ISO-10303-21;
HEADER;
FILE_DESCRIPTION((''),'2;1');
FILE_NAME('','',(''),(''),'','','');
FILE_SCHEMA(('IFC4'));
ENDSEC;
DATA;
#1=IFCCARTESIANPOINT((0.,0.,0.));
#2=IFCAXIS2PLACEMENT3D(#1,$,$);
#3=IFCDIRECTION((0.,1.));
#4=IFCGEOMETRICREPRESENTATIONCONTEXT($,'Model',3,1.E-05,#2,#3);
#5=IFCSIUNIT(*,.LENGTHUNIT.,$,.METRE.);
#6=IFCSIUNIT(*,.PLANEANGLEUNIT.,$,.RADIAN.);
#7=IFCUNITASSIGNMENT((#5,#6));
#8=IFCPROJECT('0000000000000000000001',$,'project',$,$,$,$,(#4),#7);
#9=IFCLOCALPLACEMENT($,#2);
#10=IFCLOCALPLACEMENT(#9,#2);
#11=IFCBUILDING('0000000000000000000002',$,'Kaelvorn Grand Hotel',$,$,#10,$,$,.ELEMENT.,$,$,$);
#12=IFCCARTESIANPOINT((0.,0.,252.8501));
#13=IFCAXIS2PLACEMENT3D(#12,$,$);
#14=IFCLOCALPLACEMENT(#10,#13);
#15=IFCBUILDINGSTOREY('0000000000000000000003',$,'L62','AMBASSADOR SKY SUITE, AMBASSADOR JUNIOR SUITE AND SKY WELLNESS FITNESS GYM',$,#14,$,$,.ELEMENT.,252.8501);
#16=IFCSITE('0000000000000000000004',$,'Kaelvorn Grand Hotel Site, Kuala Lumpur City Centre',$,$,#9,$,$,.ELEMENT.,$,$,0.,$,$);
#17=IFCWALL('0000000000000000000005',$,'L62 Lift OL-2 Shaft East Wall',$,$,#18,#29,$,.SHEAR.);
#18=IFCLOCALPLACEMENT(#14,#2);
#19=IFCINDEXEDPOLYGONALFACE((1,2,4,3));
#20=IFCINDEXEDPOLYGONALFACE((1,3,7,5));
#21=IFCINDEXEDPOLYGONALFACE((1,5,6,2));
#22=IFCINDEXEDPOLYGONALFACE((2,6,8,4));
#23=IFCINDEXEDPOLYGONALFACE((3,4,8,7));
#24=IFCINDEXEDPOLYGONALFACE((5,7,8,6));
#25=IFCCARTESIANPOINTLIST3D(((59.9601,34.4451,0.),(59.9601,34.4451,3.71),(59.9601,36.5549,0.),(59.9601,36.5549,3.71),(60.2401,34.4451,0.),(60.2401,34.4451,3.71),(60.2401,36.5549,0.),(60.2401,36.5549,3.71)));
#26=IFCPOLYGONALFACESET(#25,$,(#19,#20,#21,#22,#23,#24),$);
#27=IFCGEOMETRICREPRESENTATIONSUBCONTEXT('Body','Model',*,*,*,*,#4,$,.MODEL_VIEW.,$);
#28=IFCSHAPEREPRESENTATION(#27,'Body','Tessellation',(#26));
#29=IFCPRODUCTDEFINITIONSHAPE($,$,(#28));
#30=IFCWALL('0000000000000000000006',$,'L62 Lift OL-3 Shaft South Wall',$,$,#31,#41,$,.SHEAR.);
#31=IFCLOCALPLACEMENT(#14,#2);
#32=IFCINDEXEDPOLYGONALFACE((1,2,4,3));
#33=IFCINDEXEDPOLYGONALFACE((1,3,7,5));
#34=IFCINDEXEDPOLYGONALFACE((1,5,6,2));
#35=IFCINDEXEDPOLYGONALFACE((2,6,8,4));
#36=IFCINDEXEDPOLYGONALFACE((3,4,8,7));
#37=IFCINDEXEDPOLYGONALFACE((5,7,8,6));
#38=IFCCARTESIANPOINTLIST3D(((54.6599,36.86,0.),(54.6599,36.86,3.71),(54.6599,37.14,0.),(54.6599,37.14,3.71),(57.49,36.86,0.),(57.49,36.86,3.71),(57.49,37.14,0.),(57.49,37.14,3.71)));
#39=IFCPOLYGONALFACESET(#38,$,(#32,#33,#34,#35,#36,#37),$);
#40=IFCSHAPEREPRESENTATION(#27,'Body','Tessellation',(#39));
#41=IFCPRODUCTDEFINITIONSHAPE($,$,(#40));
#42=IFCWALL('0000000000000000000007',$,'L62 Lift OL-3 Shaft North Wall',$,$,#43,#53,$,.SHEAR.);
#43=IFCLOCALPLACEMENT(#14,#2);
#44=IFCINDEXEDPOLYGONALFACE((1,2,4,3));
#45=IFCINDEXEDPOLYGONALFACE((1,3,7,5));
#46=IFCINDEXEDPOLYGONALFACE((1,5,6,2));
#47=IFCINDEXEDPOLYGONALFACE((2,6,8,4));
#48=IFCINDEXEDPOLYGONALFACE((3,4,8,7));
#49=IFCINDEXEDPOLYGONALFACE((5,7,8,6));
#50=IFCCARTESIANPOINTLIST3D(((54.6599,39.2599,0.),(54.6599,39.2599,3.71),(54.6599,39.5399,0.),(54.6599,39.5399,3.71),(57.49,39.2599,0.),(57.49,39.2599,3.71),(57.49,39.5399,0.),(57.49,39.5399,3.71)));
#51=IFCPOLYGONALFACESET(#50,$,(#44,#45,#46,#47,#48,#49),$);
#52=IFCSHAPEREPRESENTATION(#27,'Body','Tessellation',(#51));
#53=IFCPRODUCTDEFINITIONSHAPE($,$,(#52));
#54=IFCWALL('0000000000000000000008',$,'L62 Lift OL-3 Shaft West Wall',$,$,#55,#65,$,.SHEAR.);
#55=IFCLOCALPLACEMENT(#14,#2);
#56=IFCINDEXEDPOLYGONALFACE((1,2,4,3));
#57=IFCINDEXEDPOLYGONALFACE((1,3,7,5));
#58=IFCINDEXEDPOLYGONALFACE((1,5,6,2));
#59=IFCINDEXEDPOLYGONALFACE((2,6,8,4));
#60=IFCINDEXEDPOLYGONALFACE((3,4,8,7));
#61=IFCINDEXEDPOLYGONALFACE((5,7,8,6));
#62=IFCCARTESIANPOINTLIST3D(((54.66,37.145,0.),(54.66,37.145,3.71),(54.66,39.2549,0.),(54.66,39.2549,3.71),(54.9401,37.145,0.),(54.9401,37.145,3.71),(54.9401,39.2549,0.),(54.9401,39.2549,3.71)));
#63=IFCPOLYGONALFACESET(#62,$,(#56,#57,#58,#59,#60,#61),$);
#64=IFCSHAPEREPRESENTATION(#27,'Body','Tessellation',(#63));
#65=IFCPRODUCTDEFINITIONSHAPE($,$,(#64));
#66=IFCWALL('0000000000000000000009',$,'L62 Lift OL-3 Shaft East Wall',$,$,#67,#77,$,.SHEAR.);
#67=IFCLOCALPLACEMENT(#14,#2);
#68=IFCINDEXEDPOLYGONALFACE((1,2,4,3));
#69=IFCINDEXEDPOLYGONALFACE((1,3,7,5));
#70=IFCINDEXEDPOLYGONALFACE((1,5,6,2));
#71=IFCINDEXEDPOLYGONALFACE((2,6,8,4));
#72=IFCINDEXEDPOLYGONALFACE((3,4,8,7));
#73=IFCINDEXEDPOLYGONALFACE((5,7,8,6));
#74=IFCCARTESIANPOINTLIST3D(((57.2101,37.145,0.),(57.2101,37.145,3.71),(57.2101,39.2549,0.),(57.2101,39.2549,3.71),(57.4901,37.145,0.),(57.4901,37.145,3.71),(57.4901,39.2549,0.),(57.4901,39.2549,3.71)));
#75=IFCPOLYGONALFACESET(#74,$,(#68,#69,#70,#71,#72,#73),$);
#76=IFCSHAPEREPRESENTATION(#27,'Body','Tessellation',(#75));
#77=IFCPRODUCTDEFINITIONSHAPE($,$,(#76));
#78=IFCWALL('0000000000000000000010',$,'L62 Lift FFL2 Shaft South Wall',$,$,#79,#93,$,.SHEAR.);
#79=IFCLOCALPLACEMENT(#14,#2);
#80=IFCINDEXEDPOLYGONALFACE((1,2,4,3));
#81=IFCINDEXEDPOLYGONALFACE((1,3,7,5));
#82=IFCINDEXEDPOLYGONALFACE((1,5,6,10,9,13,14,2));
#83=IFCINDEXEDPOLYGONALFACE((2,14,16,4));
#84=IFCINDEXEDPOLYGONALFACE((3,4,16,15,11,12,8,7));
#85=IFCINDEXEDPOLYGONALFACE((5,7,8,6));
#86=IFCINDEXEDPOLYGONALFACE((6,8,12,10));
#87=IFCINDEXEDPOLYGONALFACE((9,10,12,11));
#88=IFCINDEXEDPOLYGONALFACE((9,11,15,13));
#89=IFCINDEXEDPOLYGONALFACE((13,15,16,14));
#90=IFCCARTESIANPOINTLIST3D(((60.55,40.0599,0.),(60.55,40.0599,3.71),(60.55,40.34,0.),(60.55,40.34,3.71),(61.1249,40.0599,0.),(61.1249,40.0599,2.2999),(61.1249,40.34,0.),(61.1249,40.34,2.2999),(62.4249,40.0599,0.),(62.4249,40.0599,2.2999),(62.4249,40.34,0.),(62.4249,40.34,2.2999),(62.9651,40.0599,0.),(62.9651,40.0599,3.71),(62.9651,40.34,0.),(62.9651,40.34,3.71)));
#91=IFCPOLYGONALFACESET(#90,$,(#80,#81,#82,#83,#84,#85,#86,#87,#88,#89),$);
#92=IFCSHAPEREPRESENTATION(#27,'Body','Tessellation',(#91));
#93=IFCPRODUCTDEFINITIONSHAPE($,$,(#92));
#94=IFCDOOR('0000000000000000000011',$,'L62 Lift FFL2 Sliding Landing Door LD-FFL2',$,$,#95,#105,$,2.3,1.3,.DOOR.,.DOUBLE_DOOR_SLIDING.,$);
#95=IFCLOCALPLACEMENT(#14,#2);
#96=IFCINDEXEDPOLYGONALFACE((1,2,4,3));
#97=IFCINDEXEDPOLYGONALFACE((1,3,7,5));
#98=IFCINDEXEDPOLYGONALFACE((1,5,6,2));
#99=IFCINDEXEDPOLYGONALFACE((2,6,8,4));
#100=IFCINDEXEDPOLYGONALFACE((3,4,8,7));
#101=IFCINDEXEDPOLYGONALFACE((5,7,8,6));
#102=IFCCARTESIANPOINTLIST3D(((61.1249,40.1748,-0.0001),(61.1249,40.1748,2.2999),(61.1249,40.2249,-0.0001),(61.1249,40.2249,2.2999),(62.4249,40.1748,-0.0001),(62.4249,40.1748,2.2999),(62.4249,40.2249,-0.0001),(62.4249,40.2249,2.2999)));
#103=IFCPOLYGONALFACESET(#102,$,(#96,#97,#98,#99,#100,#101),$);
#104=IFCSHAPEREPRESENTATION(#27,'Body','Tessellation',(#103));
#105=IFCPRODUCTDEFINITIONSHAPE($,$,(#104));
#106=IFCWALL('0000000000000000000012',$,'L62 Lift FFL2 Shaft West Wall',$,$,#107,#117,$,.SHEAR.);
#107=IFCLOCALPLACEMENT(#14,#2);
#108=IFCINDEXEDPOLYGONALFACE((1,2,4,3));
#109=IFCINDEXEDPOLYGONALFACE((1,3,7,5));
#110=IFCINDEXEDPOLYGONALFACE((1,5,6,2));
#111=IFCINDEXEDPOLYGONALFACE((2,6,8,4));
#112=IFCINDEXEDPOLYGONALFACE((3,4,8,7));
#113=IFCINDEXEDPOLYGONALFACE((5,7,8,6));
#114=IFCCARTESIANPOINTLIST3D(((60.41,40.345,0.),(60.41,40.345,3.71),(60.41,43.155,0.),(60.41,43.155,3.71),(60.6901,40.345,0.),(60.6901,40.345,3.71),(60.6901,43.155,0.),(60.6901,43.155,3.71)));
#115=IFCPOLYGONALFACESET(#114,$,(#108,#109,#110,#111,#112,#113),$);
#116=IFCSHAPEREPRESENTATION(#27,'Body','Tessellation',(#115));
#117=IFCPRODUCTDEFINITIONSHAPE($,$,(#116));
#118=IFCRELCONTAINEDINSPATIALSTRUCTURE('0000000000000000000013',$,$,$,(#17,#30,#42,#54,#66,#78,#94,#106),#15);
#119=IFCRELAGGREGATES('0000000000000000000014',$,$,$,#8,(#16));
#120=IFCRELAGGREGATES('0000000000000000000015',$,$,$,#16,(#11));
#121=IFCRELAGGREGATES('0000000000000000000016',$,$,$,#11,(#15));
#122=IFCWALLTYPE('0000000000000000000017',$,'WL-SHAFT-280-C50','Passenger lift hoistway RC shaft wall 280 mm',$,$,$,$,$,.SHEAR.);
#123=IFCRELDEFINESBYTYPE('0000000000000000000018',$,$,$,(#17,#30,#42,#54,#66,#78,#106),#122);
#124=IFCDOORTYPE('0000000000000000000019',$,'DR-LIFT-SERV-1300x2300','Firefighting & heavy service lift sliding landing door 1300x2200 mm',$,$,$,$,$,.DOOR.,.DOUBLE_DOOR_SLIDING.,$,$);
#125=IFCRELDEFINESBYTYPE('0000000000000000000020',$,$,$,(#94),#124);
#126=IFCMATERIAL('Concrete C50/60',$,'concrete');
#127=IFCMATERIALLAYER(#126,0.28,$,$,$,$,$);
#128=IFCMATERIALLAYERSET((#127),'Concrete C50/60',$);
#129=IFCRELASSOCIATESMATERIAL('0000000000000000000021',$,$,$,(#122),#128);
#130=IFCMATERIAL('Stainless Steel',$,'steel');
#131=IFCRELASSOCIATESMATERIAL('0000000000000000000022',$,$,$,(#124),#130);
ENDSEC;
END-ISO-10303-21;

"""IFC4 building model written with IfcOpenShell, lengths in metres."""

from ifc_helpers import new_model, si_unit, direction, frame, frame_2d, origin, place, context, subcontext, project, spatial, rectangle, extrude, material, layer, layer_set, type_object, element, fill, save


model = new_model("IFC4")

# Units and contexts
model_context = context("Model", 3, precision=1e-05, world=origin(), true_north=direction((0.0, 1.0)))
body_context = subcontext(model_context, "Body", "Model", "MODEL_VIEW")
ifc_project = project(units=[si_unit("LENGTHUNIT", "METRE"), si_unit("PLANEANGLEUNIT", "RADIAN")], contexts=[model_context])

# Site, building, storey
site_placement = place(None, origin())
site = spatial("IfcSite", under=ifc_project, at=site_placement, Name="Kaelvorn Grand Hotel Site, Kuala Lumpur City Centre", CompositionType="ELEMENT", RefElevation=0.0)
building_placement = place(site_placement, origin())
building = spatial("IfcBuilding", under=site, at=building_placement, Name="Kaelvorn Grand Hotel", CompositionType="ELEMENT")
storey_placement = place(building_placement, frame((0.0, 0.0, 252.8501)))
storey = spatial("IfcBuildingStorey", under=building, at=storey_placement, Name="L62", Description="AMBASSADOR SKY SUITE, AMBASSADOR JUNIOR SUITE AND SKY WELLNESS FITNESS GYM", CompositionType="ELEMENT", Elevation=252.8501)

# Shared definitions
ifc_material_1 = material(Name="Concrete C50/60", Category="concrete")

# Walls
ifc_layer_1 = layer(ifc_material_1, 0.28)
ifc_layer_set_1 = layer_set([ifc_layer_1], Name="Concrete C50/60")
wall_type_1 = type_object("IfcWallType", Name="WL-SHAFT-280-C50", Description="Passenger lift hoistway RC shaft wall 280 mm", PredefinedType="SHEAR", material=ifc_layer_set_1)
wall_1_placement = place(storey_placement, frame((60.1001, 34.4451, 0.0), z_axis=(0.0, 0.0, 1.0), x_axis=(0.0, 1.0, 0.0)))
element("IfcWall", 1, at=wall_1_placement, inside=storey, type_object=wall_type_1, Name="L62 Lift OL-2 Shaft East Wall", PredefinedType="SHEAR", context=body_context, shape_type="SweptSolid", body=[
    extrude(rectangle(XDim=2.1099, YDim=0.28, at=frame_2d((1.0549, 0.0))), origin(), (0.0, 0.0, 1.0), 3.71),
])
for number, where, z_axis, x_axis, name in (
    (2, (54.6599, 37.0, 0.0), (0.0, 0.0, 1.0), (1.0, 0.0, 0.0), "L62 Lift OL-3 Shaft South Wall"),
    (3, (54.6599, 39.3999, 0.0), (0.0, 0.0, 1.0), (1.0, 0.0, 0.0), "L62 Lift OL-3 Shaft North Wall"),
):
    element("IfcWall", number, at=place(storey_placement, frame(where, z_axis=z_axis, x_axis=x_axis)), inside=storey, type_object=wall_type_1, Name=name, PredefinedType="SHEAR", context=body_context, shape_type="SweptSolid", body=[
        extrude(rectangle(XDim=2.8301, YDim=0.28, at=frame_2d((1.415, 0.0))), origin(), (0.0, 0.0, 1.0), 3.71),
    ])
for number, where, z_axis, x_axis, name in (
    (4, (54.8, 37.145, 0.0), (0.0, 0.0, 1.0), (0.0, 1.0, 0.0), "L62 Lift OL-3 Shaft West Wall"),
    (5, (57.3501, 37.145, 0.0), (0.0, 0.0, 1.0), (0.0, 1.0, 0.0), "L62 Lift OL-3 Shaft East Wall"),
):
    element("IfcWall", number, at=place(storey_placement, frame(where, z_axis=z_axis, x_axis=x_axis)), inside=storey, type_object=wall_type_1, Name=name, PredefinedType="SHEAR", context=body_context, shape_type="SweptSolid", body=[
        extrude(rectangle(XDim=2.1099, YDim=0.28, at=frame_2d((1.0549, 0.0))), origin(), (0.0, 0.0, 1.0), 3.71),
    ])

# Wall, opening, door
wall_2_placement = place(storey_placement, frame((60.55, 40.2, 0.0), z_axis=(0.0, 0.0, 1.0), x_axis=(1.0, 0.0, 0.0)))
wall_2 = element("IfcWall", 6, at=wall_2_placement, inside=storey, type_object=wall_type_1, Name="L62 Lift FFL2 Shaft South Wall", PredefinedType="SHEAR", context=body_context, shape_type="SweptSolid", body=[
    extrude(rectangle(XDim=2.415, YDim=0.28, at=frame_2d((1.2075, 0.0))), origin(), (0.0, 0.0, 1.0), 3.71),
])
opening_1_placement = place(wall_2_placement, frame((0.575, 0.0, 0.0)))
opening_1 = element("IfcOpeningElement", 7, at=opening_1_placement, cuts=wall_2, PredefinedType="OPENING", context=body_context, shape_type="SweptSolid", body=[
    extrude(rectangle(XDim=1.3, YDim=2.3, at=frame_2d((0.6499, 1.1499))), frame((0.0, 0.1499, 0.0), z_axis=(0.0, -1.0, 0.0), x_axis=(1.0, 0.0, 0.0)), (0.0, 0.0, 1.0), 0.3),
])
ifc_material_2 = material(Name="Stainless Steel", Category="steel")
door_type_1 = type_object("IfcDoorType", Name="DR-LIFT-SERV-1300x2300", Description="Firefighting & heavy service lift sliding landing door 1300x2200 mm", OperationType="DOUBLE_DOOR_SLIDING", PredefinedType="DOOR", material=ifc_material_2)
door_1_placement = place(opening_1_placement, origin())
door_1 = element("IfcDoor", 8, at=door_1_placement, inside=storey, type_object=door_type_1, Name="L62 Lift FFL2 Sliding Landing Door LD-FFL2", OperationType="DOUBLE_DOOR_SLIDING", OverallHeight=2.3, OverallWidth=1.3, PredefinedType="DOOR", context=body_context, shape_type="SweptSolid", body=[
    extrude(rectangle(XDim=1.3, YDim=2.3, at=frame_2d((0.6499, 1.1499))), frame((0.0, 0.0249, 0.0), z_axis=(0.0, -1.0, 0.0), x_axis=(1.0, 0.0, 0.0)), (0.0, 0.0, 1.0), 0.05),
])
fill(opening_1, door_1)

# Wall
wall_3_placement = place(storey_placement, frame((60.55, 40.345, 0.0), z_axis=(0.0, 0.0, 1.0), x_axis=(0.0, 1.0, 0.0)))
element("IfcWall", 9, at=wall_3_placement, inside=storey, type_object=wall_type_1, Name="L62 Lift FFL2 Shaft West Wall", PredefinedType="SHEAR", context=body_context, shape_type="SweptSolid", body=[
    extrude(rectangle(XDim=2.8101, YDim=0.28, at=frame_2d((1.405, 0.0))), origin(), (0.0, 0.0, 1.0), 3.71),
])

save(model, "model.ifc")
